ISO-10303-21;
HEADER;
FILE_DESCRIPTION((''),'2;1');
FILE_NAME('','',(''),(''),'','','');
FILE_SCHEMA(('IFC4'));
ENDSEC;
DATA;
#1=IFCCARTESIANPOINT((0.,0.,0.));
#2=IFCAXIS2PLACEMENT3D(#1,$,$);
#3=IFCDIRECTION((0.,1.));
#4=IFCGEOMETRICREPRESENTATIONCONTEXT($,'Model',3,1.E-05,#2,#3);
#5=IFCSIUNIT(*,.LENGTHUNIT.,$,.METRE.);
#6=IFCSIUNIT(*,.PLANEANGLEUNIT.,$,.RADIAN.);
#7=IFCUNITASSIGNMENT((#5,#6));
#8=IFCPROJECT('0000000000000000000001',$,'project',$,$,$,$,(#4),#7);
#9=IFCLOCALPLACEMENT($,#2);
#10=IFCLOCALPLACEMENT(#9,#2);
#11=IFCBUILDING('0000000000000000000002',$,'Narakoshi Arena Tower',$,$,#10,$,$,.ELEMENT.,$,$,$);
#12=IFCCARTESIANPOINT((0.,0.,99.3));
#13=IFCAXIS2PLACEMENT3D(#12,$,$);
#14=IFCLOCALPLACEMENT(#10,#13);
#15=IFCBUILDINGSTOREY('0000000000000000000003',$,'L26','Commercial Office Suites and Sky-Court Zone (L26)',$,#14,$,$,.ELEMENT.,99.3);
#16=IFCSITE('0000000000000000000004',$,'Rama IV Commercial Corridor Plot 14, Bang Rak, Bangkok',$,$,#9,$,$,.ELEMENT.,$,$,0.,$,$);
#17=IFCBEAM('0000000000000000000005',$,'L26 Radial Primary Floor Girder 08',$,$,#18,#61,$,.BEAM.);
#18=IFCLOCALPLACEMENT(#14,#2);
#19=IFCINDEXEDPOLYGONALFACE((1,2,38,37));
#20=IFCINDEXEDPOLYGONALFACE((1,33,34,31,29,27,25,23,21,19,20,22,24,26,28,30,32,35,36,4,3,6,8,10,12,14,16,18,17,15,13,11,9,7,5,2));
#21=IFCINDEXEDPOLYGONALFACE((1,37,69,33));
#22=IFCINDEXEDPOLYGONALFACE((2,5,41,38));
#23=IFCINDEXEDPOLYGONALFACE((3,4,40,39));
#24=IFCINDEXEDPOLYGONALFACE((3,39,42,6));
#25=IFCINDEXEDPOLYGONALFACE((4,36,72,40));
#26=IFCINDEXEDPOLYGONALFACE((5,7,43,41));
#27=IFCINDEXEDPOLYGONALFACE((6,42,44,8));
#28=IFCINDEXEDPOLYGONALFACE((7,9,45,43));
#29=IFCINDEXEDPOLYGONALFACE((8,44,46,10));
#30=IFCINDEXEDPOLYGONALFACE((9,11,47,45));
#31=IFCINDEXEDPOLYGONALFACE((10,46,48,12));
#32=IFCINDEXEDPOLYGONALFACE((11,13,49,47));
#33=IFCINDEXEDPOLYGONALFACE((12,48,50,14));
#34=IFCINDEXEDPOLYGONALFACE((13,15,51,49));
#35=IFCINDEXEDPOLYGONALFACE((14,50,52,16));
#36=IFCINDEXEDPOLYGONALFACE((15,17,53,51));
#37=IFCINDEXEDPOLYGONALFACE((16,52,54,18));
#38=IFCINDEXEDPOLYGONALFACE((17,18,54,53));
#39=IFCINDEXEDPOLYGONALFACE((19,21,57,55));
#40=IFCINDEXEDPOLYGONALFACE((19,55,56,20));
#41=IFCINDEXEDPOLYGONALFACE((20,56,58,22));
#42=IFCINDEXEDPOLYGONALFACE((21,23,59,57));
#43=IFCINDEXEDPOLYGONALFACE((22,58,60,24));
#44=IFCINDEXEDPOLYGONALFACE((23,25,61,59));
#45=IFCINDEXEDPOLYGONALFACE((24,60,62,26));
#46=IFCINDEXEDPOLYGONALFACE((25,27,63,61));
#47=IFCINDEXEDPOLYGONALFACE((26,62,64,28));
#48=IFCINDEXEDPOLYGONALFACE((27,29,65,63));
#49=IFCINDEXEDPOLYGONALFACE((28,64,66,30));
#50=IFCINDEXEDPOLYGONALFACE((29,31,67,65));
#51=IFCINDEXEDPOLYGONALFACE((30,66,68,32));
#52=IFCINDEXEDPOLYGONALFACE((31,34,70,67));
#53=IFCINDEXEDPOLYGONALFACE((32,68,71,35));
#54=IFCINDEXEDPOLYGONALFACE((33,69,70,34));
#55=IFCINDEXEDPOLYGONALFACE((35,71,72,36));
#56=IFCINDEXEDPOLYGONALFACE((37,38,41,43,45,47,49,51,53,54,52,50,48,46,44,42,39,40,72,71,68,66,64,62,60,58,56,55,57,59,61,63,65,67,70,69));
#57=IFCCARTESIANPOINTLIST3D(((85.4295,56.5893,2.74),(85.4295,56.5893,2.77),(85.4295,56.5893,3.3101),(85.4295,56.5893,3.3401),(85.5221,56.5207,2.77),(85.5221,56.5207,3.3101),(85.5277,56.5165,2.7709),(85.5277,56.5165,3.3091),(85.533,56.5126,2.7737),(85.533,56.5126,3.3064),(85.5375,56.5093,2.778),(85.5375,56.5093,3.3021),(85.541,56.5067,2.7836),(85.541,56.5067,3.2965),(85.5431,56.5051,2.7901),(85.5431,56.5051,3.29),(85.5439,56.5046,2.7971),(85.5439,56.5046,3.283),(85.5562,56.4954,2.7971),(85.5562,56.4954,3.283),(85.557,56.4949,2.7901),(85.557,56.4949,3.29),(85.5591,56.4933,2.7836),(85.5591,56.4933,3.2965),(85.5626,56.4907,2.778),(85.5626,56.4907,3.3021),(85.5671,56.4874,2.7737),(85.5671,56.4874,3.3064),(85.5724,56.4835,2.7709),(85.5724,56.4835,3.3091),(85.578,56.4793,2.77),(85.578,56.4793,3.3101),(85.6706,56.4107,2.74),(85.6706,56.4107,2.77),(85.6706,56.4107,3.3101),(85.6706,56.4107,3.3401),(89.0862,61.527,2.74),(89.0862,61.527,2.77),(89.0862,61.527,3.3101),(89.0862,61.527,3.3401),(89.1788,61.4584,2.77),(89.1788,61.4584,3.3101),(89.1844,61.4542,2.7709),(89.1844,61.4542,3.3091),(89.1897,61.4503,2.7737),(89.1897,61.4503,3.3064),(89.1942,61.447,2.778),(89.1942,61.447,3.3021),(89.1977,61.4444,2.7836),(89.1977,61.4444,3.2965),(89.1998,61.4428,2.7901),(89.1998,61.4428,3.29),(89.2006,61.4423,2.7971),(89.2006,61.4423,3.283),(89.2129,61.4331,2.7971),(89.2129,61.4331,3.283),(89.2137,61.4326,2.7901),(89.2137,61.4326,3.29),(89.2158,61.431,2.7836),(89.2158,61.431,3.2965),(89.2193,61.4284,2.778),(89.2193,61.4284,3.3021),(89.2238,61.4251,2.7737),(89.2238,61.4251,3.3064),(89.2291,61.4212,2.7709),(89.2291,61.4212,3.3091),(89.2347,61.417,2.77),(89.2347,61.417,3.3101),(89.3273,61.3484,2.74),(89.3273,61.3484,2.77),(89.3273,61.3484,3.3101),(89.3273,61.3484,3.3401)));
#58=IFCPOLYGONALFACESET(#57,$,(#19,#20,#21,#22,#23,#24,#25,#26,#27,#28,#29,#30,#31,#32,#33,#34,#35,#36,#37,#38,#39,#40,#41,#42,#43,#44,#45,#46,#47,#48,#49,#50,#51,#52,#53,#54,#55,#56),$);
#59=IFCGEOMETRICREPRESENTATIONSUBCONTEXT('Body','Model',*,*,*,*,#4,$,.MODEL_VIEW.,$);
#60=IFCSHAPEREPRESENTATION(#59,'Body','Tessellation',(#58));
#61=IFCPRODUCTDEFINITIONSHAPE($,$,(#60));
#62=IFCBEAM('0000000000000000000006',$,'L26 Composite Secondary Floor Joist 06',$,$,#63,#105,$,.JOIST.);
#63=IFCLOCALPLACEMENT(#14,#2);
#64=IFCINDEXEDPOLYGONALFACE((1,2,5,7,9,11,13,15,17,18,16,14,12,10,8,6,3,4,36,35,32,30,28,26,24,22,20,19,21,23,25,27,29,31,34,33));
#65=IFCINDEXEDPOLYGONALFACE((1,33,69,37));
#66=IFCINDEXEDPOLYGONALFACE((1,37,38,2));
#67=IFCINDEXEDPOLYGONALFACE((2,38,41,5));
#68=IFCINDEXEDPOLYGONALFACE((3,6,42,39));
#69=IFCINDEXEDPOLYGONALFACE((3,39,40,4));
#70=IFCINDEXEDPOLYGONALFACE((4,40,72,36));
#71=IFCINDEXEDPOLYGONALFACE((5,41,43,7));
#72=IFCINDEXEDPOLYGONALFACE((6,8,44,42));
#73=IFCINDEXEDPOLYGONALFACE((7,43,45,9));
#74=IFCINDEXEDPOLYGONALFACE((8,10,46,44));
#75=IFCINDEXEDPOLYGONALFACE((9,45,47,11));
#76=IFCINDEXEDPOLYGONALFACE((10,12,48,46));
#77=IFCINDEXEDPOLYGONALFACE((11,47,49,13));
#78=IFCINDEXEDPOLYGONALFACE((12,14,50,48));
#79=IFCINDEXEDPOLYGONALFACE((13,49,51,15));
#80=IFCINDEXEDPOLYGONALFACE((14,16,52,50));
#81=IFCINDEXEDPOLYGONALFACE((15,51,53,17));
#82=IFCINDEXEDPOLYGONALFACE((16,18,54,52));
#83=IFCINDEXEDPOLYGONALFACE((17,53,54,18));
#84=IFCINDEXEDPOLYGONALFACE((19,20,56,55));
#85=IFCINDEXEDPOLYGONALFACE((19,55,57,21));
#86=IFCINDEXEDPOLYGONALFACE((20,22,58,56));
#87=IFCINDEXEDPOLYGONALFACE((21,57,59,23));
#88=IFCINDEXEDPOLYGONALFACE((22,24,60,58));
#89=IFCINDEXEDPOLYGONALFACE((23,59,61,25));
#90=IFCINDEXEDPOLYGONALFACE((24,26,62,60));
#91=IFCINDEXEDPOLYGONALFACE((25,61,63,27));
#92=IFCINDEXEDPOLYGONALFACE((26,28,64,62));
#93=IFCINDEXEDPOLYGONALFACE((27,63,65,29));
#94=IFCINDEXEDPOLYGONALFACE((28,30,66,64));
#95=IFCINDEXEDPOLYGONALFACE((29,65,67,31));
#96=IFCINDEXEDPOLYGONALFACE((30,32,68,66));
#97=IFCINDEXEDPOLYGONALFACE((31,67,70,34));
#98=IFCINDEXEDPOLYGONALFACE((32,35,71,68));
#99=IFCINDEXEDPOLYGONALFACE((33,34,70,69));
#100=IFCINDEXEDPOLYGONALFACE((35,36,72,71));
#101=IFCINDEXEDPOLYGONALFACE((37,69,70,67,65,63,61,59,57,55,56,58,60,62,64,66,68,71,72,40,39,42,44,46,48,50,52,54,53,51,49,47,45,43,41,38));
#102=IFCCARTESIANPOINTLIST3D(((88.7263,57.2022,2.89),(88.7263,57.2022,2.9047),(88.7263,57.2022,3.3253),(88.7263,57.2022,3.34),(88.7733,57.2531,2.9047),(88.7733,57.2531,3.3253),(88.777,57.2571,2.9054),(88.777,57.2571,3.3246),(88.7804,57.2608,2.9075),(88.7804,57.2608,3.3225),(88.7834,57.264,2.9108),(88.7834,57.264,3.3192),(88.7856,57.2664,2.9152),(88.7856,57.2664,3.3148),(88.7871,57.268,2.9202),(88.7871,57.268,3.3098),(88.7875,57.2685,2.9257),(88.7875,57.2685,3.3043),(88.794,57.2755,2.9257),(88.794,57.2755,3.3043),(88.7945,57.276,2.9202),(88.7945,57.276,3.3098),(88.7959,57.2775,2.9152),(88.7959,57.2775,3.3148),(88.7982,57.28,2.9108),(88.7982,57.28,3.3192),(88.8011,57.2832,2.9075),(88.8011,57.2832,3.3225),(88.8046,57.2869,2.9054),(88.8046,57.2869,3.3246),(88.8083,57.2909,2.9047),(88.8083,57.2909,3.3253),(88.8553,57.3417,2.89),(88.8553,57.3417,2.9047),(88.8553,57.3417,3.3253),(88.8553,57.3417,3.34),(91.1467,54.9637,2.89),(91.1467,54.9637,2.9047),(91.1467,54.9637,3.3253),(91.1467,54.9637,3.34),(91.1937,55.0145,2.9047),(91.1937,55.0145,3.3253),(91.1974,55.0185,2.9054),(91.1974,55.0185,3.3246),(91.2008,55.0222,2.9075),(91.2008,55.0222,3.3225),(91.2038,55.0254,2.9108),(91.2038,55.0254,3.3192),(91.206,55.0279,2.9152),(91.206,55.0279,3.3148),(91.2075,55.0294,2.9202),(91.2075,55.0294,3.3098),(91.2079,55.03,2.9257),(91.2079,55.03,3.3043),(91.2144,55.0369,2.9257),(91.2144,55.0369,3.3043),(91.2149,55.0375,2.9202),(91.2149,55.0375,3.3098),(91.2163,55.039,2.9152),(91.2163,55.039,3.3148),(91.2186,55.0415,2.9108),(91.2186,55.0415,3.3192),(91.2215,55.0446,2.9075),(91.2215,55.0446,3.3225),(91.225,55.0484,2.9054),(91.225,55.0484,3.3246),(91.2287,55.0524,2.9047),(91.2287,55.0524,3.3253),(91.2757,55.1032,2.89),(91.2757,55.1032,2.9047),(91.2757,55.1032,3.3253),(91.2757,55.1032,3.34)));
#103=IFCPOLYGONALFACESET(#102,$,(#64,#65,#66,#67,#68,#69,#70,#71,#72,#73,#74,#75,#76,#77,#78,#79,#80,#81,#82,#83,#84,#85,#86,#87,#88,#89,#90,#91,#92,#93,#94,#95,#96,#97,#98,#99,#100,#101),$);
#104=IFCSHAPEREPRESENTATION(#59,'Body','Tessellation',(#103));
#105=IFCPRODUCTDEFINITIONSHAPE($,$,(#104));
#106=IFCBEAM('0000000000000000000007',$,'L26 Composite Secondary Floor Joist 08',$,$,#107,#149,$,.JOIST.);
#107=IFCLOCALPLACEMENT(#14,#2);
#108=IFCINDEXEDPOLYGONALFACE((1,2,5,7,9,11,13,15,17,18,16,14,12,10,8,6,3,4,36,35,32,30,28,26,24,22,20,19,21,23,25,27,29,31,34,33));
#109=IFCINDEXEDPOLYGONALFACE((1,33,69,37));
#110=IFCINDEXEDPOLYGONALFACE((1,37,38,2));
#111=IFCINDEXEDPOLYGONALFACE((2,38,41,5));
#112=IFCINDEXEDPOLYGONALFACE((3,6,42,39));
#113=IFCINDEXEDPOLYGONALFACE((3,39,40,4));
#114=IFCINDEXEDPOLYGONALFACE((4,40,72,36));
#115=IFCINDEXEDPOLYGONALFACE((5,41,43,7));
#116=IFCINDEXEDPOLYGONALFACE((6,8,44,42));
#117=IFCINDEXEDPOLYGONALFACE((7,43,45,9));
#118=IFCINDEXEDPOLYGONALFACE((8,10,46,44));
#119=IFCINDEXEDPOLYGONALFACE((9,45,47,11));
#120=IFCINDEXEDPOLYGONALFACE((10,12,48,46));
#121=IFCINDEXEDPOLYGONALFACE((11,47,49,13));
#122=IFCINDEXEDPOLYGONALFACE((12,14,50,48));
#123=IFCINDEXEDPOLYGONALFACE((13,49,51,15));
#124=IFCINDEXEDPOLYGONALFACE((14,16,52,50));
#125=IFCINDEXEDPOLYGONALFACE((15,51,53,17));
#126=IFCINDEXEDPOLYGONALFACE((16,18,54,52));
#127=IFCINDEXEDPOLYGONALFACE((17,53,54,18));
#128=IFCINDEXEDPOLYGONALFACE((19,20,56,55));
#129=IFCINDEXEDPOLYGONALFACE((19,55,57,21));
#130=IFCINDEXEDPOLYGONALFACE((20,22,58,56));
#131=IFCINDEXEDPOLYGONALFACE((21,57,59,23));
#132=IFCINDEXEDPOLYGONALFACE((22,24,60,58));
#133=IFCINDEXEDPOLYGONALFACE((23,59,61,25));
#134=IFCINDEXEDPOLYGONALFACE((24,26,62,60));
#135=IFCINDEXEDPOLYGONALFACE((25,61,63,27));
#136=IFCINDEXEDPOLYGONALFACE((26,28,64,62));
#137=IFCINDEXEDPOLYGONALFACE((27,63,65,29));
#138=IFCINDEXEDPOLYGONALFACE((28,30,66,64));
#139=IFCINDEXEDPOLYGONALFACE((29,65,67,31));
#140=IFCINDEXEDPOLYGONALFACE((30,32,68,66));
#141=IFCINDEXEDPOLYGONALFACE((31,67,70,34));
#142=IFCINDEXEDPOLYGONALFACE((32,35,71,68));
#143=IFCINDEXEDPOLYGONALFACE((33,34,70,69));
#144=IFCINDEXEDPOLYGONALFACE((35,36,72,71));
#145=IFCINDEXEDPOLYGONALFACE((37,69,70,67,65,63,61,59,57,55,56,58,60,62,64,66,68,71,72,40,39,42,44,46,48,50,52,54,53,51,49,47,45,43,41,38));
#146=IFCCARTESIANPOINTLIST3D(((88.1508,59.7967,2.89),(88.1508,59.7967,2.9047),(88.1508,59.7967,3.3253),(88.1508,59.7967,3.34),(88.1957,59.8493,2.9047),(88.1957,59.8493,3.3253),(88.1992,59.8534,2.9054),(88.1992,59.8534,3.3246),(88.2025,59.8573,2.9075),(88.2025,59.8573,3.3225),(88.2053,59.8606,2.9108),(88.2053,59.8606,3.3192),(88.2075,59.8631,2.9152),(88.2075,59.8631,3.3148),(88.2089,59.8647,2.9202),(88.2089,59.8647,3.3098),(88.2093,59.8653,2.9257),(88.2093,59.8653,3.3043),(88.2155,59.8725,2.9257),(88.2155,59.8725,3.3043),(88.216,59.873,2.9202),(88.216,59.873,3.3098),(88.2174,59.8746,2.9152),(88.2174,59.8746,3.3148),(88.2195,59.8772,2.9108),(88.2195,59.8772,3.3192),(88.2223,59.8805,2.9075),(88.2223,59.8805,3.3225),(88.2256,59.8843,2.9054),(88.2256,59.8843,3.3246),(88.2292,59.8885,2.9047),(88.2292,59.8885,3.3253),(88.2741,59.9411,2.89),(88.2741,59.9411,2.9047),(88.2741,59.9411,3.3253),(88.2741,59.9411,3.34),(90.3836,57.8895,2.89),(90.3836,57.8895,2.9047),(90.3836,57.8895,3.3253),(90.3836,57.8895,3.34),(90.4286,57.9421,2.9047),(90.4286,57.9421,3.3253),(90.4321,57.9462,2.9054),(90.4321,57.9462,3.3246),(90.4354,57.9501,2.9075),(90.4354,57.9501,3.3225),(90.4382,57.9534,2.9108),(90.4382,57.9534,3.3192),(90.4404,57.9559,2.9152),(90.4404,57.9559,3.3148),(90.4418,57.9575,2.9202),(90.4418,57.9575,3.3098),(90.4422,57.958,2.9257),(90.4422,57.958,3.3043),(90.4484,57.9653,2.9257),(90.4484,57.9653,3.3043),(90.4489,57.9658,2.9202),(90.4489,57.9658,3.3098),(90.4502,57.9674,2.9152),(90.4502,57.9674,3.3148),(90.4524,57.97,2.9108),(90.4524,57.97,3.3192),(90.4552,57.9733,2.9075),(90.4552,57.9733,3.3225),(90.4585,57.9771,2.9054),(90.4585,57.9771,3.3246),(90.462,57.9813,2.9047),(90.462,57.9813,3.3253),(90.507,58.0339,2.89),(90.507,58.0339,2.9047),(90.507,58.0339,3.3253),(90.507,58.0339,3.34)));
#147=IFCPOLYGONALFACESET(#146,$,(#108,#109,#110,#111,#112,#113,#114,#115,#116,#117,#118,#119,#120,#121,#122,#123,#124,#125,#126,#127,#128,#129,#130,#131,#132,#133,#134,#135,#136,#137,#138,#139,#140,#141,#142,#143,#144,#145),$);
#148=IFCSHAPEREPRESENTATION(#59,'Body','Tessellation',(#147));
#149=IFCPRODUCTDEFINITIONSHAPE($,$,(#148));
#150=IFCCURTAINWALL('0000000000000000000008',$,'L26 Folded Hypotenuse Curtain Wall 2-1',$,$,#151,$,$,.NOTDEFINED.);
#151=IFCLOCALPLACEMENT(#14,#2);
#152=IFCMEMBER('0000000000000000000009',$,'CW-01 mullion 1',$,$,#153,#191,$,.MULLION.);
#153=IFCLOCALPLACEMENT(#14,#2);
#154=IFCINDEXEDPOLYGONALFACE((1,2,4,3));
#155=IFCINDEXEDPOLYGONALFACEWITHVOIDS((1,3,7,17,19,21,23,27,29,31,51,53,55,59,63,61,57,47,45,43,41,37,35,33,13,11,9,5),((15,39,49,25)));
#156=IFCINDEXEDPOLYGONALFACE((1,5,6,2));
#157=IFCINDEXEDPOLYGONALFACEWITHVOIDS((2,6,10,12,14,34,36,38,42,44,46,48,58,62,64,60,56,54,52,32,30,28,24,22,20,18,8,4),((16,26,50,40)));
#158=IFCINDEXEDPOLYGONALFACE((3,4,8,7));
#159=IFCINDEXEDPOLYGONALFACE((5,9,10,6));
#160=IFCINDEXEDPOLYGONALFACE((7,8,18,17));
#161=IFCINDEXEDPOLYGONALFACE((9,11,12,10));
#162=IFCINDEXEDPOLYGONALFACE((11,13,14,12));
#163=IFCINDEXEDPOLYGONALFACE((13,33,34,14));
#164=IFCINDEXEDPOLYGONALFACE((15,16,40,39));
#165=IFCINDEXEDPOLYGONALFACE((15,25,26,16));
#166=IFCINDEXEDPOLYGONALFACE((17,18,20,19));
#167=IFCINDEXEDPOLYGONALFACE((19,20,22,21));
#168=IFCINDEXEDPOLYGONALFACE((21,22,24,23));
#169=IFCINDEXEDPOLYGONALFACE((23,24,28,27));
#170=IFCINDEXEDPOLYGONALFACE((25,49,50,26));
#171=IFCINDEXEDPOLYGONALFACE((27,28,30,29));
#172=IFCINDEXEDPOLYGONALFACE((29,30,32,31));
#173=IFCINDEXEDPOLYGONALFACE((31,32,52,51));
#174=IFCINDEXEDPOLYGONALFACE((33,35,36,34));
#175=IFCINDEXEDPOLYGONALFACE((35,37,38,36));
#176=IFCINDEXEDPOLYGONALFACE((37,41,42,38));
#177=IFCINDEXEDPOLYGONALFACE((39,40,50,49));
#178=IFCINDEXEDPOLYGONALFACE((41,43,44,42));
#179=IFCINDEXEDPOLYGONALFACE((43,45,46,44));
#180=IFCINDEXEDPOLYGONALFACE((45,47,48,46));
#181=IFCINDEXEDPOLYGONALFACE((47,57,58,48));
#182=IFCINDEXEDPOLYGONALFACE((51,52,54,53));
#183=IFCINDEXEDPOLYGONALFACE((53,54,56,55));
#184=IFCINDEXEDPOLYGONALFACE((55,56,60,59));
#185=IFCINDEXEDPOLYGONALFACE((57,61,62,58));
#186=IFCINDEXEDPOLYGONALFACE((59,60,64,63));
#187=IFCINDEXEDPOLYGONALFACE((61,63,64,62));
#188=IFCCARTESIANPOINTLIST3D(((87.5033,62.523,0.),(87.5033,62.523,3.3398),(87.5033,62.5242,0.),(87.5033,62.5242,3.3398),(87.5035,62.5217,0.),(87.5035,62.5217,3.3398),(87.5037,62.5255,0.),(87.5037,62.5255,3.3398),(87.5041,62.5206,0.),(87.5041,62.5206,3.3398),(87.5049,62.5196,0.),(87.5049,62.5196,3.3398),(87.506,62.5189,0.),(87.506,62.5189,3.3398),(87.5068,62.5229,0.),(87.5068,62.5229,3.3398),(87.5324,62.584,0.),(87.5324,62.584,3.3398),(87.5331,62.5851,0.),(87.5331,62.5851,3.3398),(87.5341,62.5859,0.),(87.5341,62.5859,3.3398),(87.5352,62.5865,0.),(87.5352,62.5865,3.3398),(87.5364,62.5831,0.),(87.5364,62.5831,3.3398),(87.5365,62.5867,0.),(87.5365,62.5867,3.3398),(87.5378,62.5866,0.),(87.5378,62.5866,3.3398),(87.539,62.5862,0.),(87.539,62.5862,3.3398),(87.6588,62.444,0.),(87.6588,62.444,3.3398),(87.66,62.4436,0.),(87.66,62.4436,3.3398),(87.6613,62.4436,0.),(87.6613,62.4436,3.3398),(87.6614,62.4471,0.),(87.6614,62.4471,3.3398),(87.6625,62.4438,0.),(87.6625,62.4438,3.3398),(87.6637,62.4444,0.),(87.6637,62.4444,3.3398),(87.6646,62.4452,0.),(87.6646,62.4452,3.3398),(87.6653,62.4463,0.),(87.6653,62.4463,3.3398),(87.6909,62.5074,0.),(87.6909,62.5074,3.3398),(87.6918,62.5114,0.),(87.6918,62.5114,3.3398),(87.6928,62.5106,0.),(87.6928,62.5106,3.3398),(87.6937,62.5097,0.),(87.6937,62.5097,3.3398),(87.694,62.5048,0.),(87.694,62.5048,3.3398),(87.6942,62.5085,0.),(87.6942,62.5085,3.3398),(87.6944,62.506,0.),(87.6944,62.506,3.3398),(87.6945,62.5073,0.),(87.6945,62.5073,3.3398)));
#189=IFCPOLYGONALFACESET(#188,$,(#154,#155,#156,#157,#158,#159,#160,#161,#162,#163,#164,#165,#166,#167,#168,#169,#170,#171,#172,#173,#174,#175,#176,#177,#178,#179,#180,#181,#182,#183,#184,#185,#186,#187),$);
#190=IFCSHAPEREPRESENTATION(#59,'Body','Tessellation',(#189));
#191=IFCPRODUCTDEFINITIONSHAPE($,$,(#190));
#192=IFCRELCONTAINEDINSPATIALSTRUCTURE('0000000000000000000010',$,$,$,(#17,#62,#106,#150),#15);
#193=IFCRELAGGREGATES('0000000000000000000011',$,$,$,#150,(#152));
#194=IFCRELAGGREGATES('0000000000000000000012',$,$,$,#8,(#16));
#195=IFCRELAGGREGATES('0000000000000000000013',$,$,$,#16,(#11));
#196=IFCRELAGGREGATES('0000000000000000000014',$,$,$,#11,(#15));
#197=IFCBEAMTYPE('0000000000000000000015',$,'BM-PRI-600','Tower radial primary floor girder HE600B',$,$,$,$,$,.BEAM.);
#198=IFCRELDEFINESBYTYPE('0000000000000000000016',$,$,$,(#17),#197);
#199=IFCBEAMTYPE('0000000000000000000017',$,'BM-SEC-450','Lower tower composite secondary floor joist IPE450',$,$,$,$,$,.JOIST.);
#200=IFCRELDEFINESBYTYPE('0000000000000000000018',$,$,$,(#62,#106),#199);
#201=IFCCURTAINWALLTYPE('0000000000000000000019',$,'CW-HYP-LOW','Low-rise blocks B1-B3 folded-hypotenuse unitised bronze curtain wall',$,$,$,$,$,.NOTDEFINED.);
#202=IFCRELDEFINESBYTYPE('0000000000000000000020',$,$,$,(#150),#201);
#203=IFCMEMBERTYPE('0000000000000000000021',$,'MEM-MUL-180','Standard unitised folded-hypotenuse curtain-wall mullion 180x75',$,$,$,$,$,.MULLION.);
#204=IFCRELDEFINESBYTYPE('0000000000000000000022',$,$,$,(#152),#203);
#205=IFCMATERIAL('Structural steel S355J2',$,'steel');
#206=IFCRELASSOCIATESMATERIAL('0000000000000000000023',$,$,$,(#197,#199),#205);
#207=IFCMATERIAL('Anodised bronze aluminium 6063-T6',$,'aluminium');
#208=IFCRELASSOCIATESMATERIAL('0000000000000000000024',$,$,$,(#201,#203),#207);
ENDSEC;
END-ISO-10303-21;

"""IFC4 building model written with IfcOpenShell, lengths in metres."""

from ifc_helpers import new_model, si_unit, direction, frame, origin, origin_2d, place, context, subcontext, project, spatial, hollow_rectangle, i_section, extrude, material, material_profile, profile_set, type_object, element, aggregate, save


model = new_model("IFC4")

# Units and contexts
model_context = context("Model", 3, precision=1e-05, world=origin(), true_north=direction((0.0, 1.0)))
body_context = subcontext(model_context, "Body", "Model", "MODEL_VIEW")
ifc_project = project(units=[si_unit("LENGTHUNIT", "METRE"), si_unit("PLANEANGLEUNIT", "RADIAN")], contexts=[model_context])

# Site, building, storey
site_placement = place(None, origin())
site = spatial("IfcSite", under=ifc_project, at=site_placement, Name="Rama IV Commercial Corridor Plot 14, Bang Rak, Bangkok", CompositionType="ELEMENT", RefElevation=0.0)
building_placement = place(site_placement, origin())
building = spatial("IfcBuilding", under=site, at=building_placement, Name="Narakoshi Arena Tower", CompositionType="ELEMENT")
storey_placement = place(building_placement, frame((0.0, 0.0, 99.3)))
storey = spatial("IfcBuildingStorey", under=building, at=storey_placement, Name="L26", Description="Commercial Office Suites and Sky-Court Zone (L26)", CompositionType="ELEMENT", Elevation=99.3)

# Beams
ifc_material_1 = material(Name="Structural steel S355J2", Category="steel")
ifc_material_profile_1 = material_profile(ifc_material_1, i_section(OverallWidth=0.3, OverallDepth=0.6001, WebThickness=0.0154, FlangeThickness=0.03, FilletRadius=0.0271, at=origin_2d()), Name="HE600B")
ifc_profile_set_1 = profile_set([ifc_material_profile_1], Name="Structural steel S355J2")
beam_type_1 = type_object("IfcBeamType", Name="BM-PRI-600", Description="Tower radial primary floor girder HE600B", PredefinedType="BEAM", material=ifc_profile_set_1)
beam_1_placement = place(storey_placement, frame((85.55, 56.5, 3.04), z_axis=(0.595138, 0.803623, 0.0), x_axis=(-0.803623, 0.595138, 0.0)))
element("IfcBeam", 1, at=beam_1_placement, inside=storey, type_object=beam_type_1, Name="L26 Radial Primary Floor Girder 08", PredefinedType="BEAM", context=body_context, shape_type="SweptSolid", body=[
    extrude(i_section(OverallWidth=0.3, OverallDepth=0.6001, WebThickness=0.0154, FlangeThickness=0.03, FilletRadius=0.0271, at=origin_2d()), origin(), (0.0, 0.0, 1.0), 6.1443),
])
ifc_material_profile_2 = material_profile(ifc_material_1, i_section(OverallWidth=0.1899, OverallDepth=0.45, WebThickness=0.0095, FlangeThickness=0.0146, FilletRadius=0.021, at=origin_2d()), Name="IPE450")
ifc_profile_set_2 = profile_set([ifc_material_profile_2], Name="Structural steel S355J2")
beam_type_2 = type_object("IfcBeamType", Name="BM-SEC-450", Description="Lower tower composite secondary floor joist IPE450", PredefinedType="JOIST", material=ifc_profile_set_2)
beam_2_placement = place(storey_placement, frame((91.2112, 55.0334, 3.115), z_axis=(-0.734153, 0.678984, 0.0), x_axis=(-0.678984, -0.734153, 0.0)))
element("IfcBeam", 2, at=beam_2_placement, inside=storey, type_object=beam_type_2, Name="L26 Composite Secondary Floor Joist 06", PredefinedType="JOIST", context=body_context, shape_type="SweptSolid", body=[
    extrude(i_section(OverallWidth=0.1899, OverallDepth=0.45, WebThickness=0.0095, FlangeThickness=0.0146, FilletRadius=0.021, at=origin_2d()), origin(), (0.0, 0.0, 1.0), 3.2969),
])
beam_3_placement = place(storey_placement, frame((90.4453, 57.9617, 3.115), z_axis=(-0.760382, 0.649476, 0.0), x_axis=(-0.649476, -0.760382, 0.0)))
element("IfcBeam", 3, at=beam_3_placement, inside=storey, type_object=beam_type_2, Name="L26 Composite Secondary Floor Joist 08", PredefinedType="JOIST", context=body_context, shape_type="SweptSolid", body=[
    extrude(i_section(OverallWidth=0.1899, OverallDepth=0.45, WebThickness=0.0095, FlangeThickness=0.0146, FilletRadius=0.021, at=origin_2d()), origin(), (0.0, 0.0, 1.0), 2.9365),
])

# Curtain wall, member
ifc_material_2 = material(Name="Anodised bronze aluminium 6063-T6", Category="aluminium")
curtain_wall_type = type_object("IfcCurtainWallType", Name="CW-HYP-LOW", Description="Low-rise blocks B1-B3 folded-hypotenuse unitised bronze curtain wall", PredefinedType="NOTDEFINED", material=ifc_material_2)
curtain_wall_placement = place(storey_placement, origin())
curtain_wall = element("IfcCurtainWall", 4, at=curtain_wall_placement, inside=storey, type_object=curtain_wall_type, Name="L26 Folded Hypotenuse Curtain Wall 2-1", PredefinedType="NOTDEFINED")
ifc_material_profile_3 = material_profile(ifc_material_2, hollow_rectangle(XDim=0.075, YDim=0.1799, WallThickness=0.0039, OuterFilletRadius=0.0049, at=origin_2d()), Name="MUL180x75x4")
ifc_profile_set_3 = profile_set([ifc_material_profile_3], Name="Anodised bronze aluminium 6063-T6")
member_type_1 = type_object("IfcMemberType", Name="MEM-MUL-180", Description="Standard unitised folded-hypotenuse curtain-wall mullion 180x75", PredefinedType="MULLION", material=ifc_profile_set_3)
member_1_placement = place(storey_placement, frame((87.5989, 62.5151, 0.0), z_axis=(0.0, 0.0, 1.0), x_axis=(-0.440005, -0.897996, 0.0)))
member_1 = element("IfcMember", 5, at=member_1_placement, type_object=member_type_1, Name="CW-01 mullion 1", PredefinedType="MULLION", context=body_context, shape_type="SweptSolid", body=[
    extrude(hollow_rectangle(XDim=0.075, YDim=0.1799, WallThickness=0.0039, OuterFilletRadius=0.0049, at=origin_2d()), origin(), (0.0, 0.0, 1.0), 3.3398),
])
aggregate(curtain_wall, [member_1])

save(model, "model.ifc")
